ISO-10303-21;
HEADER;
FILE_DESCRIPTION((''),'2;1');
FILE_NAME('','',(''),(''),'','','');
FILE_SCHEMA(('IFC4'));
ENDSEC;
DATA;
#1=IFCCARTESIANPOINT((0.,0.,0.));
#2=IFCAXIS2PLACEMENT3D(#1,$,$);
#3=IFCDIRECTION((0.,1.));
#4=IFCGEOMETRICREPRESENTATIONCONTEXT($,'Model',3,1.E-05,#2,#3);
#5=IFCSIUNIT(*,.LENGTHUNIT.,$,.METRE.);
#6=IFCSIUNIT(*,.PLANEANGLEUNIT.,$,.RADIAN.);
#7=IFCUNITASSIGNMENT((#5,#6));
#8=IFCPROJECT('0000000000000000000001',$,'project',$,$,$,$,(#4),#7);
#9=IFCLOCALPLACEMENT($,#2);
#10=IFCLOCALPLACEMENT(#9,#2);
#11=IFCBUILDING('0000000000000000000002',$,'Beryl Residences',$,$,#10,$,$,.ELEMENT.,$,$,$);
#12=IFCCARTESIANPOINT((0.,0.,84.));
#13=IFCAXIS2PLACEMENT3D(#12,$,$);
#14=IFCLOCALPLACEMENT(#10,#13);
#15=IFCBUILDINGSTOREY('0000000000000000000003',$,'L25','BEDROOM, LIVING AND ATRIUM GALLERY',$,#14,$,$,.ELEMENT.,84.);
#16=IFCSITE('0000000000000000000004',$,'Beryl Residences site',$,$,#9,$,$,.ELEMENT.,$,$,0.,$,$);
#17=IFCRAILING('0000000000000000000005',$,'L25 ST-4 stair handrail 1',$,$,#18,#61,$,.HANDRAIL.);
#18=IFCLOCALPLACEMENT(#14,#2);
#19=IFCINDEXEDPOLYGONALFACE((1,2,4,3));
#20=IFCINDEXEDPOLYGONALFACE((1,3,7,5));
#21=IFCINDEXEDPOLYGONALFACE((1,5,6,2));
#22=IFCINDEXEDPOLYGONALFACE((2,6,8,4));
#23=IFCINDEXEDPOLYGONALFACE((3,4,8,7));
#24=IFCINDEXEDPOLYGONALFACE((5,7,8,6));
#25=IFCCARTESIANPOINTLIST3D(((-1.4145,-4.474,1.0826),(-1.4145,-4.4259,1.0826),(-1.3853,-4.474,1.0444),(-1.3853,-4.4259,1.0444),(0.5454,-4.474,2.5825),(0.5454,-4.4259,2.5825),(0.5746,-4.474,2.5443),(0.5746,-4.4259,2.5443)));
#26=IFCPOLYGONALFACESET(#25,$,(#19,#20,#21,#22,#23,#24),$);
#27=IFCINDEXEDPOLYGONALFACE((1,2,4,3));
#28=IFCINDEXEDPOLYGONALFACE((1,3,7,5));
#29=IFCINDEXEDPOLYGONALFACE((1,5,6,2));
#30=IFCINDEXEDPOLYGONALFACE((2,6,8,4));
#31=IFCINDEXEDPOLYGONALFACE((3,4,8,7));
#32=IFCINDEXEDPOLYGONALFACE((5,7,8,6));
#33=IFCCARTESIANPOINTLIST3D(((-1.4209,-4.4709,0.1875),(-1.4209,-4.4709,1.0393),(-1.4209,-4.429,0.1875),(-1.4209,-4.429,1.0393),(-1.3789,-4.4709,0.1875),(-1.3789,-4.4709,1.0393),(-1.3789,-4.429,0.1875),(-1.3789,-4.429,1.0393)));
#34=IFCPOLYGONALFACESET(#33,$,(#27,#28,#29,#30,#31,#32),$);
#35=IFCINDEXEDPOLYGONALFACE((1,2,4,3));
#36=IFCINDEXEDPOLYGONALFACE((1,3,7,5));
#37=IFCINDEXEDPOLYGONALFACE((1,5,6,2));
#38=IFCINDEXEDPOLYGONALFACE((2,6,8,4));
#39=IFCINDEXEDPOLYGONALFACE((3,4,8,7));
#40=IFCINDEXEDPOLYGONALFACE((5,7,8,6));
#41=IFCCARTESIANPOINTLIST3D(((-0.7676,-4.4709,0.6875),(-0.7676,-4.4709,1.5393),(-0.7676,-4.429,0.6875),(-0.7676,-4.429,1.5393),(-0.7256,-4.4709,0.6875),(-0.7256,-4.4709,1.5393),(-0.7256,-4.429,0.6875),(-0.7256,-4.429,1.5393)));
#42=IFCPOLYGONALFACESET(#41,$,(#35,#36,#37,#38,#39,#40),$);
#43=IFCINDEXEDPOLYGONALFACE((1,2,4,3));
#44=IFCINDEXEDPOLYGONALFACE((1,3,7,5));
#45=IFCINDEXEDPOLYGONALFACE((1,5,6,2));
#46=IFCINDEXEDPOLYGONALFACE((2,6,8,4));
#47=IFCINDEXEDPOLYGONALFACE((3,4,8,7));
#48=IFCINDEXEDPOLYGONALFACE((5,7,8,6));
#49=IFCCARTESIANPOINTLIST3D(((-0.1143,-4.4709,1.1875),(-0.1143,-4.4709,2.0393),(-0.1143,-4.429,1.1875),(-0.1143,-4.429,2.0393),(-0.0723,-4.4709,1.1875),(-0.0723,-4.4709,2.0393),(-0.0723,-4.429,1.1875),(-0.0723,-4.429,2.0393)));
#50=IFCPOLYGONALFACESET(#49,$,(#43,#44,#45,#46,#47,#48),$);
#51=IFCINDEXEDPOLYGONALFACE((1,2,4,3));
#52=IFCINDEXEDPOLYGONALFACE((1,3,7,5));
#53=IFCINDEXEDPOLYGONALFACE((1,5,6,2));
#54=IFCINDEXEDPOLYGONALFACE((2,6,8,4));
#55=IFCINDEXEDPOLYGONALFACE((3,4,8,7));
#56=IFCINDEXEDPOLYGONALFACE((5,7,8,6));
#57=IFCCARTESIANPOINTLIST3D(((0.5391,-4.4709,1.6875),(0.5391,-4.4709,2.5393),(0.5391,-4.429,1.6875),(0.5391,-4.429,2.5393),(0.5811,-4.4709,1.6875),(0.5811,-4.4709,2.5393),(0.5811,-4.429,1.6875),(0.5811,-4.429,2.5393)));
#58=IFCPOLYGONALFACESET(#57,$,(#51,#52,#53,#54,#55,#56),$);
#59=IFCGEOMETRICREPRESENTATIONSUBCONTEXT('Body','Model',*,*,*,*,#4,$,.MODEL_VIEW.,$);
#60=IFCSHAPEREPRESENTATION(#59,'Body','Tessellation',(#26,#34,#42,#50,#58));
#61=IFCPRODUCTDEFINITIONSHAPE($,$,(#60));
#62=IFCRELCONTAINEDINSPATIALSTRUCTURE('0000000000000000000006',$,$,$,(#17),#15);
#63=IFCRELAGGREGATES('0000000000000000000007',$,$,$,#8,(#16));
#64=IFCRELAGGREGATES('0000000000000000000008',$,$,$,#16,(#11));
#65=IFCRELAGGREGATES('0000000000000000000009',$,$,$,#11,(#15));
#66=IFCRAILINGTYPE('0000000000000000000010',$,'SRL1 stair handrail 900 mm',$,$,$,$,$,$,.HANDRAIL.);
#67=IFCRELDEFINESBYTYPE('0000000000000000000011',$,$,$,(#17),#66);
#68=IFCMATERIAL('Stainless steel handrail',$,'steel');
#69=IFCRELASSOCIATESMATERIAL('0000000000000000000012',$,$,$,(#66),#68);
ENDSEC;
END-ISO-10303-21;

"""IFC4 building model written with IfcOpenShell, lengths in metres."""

from ifc_helpers import new_model, si_unit, direction, frame, origin, origin_2d, place, context, subcontext, project, spatial, rectangle, extrude, material, type_object, element, save


model = new_model("IFC4")

# Units and contexts
model_context = context("Model", 3, precision=1e-05, world=origin(), true_north=direction((0.0, 1.0)))
body_context = subcontext(model_context, "Body", "Model", "MODEL_VIEW")
ifc_project = project(units=[si_unit("LENGTHUNIT", "METRE"), si_unit("PLANEANGLEUNIT", "RADIAN")], contexts=[model_context])

# Site, building, storey
site_placement = place(None, origin())
site = spatial("IfcSite", under=ifc_project, at=site_placement, Name="Beryl Residences site", CompositionType="ELEMENT", RefElevation=0.0)
building_placement = place(site_placement, origin())
building = spatial("IfcBuilding", under=site, at=building_placement, Name="Beryl Residences", CompositionType="ELEMENT")
storey_placement = place(building_placement, frame((0.0, 0.0, 84.0)))
storey = spatial("IfcBuildingStorey", under=building, at=storey_placement, Name="L25", Description="BEDROOM, LIVING AND ATRIUM GALLERY", CompositionType="ELEMENT", Elevation=84.0)

# Railing
ifc_material_1 = material(Name="Stainless steel handrail", Category="steel")
railing_type = type_object("IfcRailingType", Name="SRL1 stair handrail 900 mm", PredefinedType="HANDRAIL", material=ifc_material_1)
railing_placement = place(storey_placement, frame((-1.3999, -4.45, 0.1875)))
element("IfcRailing", 1, at=railing_placement, inside=storey, type_object=railing_type, Name="L25 ST-4 stair handrail 1", PredefinedType="HANDRAIL", context=body_context, shape_type="SweptSolid", body=[
    extrude(rectangle(XDim=0.0481, YDim=0.0481, at=origin_2d()), frame((0.0, 0.0, 0.876), z_axis=(0.794122, 0.0, 0.607758), x_axis=(0.0, 1.0, 0.0)), (0.0, 0.0, 1.0), 2.468),
    extrude(rectangle(XDim=0.042, YDim=0.042, at=origin_2d()), origin(), (0.0, 0.0, 1.0), 0.8518),
    extrude(rectangle(XDim=0.042, YDim=0.042, at=origin_2d()), frame((0.6533, 0.0, 0.5)), (0.0, 0.0, 1.0), 0.8518),
    extrude(rectangle(XDim=0.042, YDim=0.042, at=origin_2d()), frame((1.3066, 0.0, 1.0)), (0.0, 0.0, 1.0), 0.8518),
    extrude(rectangle(XDim=0.042, YDim=0.042, at=origin_2d()), frame((1.96, 0.0, 1.5)), (0.0, 0.0, 1.0), 0.8518),
])

save(model, "model.ifc")
